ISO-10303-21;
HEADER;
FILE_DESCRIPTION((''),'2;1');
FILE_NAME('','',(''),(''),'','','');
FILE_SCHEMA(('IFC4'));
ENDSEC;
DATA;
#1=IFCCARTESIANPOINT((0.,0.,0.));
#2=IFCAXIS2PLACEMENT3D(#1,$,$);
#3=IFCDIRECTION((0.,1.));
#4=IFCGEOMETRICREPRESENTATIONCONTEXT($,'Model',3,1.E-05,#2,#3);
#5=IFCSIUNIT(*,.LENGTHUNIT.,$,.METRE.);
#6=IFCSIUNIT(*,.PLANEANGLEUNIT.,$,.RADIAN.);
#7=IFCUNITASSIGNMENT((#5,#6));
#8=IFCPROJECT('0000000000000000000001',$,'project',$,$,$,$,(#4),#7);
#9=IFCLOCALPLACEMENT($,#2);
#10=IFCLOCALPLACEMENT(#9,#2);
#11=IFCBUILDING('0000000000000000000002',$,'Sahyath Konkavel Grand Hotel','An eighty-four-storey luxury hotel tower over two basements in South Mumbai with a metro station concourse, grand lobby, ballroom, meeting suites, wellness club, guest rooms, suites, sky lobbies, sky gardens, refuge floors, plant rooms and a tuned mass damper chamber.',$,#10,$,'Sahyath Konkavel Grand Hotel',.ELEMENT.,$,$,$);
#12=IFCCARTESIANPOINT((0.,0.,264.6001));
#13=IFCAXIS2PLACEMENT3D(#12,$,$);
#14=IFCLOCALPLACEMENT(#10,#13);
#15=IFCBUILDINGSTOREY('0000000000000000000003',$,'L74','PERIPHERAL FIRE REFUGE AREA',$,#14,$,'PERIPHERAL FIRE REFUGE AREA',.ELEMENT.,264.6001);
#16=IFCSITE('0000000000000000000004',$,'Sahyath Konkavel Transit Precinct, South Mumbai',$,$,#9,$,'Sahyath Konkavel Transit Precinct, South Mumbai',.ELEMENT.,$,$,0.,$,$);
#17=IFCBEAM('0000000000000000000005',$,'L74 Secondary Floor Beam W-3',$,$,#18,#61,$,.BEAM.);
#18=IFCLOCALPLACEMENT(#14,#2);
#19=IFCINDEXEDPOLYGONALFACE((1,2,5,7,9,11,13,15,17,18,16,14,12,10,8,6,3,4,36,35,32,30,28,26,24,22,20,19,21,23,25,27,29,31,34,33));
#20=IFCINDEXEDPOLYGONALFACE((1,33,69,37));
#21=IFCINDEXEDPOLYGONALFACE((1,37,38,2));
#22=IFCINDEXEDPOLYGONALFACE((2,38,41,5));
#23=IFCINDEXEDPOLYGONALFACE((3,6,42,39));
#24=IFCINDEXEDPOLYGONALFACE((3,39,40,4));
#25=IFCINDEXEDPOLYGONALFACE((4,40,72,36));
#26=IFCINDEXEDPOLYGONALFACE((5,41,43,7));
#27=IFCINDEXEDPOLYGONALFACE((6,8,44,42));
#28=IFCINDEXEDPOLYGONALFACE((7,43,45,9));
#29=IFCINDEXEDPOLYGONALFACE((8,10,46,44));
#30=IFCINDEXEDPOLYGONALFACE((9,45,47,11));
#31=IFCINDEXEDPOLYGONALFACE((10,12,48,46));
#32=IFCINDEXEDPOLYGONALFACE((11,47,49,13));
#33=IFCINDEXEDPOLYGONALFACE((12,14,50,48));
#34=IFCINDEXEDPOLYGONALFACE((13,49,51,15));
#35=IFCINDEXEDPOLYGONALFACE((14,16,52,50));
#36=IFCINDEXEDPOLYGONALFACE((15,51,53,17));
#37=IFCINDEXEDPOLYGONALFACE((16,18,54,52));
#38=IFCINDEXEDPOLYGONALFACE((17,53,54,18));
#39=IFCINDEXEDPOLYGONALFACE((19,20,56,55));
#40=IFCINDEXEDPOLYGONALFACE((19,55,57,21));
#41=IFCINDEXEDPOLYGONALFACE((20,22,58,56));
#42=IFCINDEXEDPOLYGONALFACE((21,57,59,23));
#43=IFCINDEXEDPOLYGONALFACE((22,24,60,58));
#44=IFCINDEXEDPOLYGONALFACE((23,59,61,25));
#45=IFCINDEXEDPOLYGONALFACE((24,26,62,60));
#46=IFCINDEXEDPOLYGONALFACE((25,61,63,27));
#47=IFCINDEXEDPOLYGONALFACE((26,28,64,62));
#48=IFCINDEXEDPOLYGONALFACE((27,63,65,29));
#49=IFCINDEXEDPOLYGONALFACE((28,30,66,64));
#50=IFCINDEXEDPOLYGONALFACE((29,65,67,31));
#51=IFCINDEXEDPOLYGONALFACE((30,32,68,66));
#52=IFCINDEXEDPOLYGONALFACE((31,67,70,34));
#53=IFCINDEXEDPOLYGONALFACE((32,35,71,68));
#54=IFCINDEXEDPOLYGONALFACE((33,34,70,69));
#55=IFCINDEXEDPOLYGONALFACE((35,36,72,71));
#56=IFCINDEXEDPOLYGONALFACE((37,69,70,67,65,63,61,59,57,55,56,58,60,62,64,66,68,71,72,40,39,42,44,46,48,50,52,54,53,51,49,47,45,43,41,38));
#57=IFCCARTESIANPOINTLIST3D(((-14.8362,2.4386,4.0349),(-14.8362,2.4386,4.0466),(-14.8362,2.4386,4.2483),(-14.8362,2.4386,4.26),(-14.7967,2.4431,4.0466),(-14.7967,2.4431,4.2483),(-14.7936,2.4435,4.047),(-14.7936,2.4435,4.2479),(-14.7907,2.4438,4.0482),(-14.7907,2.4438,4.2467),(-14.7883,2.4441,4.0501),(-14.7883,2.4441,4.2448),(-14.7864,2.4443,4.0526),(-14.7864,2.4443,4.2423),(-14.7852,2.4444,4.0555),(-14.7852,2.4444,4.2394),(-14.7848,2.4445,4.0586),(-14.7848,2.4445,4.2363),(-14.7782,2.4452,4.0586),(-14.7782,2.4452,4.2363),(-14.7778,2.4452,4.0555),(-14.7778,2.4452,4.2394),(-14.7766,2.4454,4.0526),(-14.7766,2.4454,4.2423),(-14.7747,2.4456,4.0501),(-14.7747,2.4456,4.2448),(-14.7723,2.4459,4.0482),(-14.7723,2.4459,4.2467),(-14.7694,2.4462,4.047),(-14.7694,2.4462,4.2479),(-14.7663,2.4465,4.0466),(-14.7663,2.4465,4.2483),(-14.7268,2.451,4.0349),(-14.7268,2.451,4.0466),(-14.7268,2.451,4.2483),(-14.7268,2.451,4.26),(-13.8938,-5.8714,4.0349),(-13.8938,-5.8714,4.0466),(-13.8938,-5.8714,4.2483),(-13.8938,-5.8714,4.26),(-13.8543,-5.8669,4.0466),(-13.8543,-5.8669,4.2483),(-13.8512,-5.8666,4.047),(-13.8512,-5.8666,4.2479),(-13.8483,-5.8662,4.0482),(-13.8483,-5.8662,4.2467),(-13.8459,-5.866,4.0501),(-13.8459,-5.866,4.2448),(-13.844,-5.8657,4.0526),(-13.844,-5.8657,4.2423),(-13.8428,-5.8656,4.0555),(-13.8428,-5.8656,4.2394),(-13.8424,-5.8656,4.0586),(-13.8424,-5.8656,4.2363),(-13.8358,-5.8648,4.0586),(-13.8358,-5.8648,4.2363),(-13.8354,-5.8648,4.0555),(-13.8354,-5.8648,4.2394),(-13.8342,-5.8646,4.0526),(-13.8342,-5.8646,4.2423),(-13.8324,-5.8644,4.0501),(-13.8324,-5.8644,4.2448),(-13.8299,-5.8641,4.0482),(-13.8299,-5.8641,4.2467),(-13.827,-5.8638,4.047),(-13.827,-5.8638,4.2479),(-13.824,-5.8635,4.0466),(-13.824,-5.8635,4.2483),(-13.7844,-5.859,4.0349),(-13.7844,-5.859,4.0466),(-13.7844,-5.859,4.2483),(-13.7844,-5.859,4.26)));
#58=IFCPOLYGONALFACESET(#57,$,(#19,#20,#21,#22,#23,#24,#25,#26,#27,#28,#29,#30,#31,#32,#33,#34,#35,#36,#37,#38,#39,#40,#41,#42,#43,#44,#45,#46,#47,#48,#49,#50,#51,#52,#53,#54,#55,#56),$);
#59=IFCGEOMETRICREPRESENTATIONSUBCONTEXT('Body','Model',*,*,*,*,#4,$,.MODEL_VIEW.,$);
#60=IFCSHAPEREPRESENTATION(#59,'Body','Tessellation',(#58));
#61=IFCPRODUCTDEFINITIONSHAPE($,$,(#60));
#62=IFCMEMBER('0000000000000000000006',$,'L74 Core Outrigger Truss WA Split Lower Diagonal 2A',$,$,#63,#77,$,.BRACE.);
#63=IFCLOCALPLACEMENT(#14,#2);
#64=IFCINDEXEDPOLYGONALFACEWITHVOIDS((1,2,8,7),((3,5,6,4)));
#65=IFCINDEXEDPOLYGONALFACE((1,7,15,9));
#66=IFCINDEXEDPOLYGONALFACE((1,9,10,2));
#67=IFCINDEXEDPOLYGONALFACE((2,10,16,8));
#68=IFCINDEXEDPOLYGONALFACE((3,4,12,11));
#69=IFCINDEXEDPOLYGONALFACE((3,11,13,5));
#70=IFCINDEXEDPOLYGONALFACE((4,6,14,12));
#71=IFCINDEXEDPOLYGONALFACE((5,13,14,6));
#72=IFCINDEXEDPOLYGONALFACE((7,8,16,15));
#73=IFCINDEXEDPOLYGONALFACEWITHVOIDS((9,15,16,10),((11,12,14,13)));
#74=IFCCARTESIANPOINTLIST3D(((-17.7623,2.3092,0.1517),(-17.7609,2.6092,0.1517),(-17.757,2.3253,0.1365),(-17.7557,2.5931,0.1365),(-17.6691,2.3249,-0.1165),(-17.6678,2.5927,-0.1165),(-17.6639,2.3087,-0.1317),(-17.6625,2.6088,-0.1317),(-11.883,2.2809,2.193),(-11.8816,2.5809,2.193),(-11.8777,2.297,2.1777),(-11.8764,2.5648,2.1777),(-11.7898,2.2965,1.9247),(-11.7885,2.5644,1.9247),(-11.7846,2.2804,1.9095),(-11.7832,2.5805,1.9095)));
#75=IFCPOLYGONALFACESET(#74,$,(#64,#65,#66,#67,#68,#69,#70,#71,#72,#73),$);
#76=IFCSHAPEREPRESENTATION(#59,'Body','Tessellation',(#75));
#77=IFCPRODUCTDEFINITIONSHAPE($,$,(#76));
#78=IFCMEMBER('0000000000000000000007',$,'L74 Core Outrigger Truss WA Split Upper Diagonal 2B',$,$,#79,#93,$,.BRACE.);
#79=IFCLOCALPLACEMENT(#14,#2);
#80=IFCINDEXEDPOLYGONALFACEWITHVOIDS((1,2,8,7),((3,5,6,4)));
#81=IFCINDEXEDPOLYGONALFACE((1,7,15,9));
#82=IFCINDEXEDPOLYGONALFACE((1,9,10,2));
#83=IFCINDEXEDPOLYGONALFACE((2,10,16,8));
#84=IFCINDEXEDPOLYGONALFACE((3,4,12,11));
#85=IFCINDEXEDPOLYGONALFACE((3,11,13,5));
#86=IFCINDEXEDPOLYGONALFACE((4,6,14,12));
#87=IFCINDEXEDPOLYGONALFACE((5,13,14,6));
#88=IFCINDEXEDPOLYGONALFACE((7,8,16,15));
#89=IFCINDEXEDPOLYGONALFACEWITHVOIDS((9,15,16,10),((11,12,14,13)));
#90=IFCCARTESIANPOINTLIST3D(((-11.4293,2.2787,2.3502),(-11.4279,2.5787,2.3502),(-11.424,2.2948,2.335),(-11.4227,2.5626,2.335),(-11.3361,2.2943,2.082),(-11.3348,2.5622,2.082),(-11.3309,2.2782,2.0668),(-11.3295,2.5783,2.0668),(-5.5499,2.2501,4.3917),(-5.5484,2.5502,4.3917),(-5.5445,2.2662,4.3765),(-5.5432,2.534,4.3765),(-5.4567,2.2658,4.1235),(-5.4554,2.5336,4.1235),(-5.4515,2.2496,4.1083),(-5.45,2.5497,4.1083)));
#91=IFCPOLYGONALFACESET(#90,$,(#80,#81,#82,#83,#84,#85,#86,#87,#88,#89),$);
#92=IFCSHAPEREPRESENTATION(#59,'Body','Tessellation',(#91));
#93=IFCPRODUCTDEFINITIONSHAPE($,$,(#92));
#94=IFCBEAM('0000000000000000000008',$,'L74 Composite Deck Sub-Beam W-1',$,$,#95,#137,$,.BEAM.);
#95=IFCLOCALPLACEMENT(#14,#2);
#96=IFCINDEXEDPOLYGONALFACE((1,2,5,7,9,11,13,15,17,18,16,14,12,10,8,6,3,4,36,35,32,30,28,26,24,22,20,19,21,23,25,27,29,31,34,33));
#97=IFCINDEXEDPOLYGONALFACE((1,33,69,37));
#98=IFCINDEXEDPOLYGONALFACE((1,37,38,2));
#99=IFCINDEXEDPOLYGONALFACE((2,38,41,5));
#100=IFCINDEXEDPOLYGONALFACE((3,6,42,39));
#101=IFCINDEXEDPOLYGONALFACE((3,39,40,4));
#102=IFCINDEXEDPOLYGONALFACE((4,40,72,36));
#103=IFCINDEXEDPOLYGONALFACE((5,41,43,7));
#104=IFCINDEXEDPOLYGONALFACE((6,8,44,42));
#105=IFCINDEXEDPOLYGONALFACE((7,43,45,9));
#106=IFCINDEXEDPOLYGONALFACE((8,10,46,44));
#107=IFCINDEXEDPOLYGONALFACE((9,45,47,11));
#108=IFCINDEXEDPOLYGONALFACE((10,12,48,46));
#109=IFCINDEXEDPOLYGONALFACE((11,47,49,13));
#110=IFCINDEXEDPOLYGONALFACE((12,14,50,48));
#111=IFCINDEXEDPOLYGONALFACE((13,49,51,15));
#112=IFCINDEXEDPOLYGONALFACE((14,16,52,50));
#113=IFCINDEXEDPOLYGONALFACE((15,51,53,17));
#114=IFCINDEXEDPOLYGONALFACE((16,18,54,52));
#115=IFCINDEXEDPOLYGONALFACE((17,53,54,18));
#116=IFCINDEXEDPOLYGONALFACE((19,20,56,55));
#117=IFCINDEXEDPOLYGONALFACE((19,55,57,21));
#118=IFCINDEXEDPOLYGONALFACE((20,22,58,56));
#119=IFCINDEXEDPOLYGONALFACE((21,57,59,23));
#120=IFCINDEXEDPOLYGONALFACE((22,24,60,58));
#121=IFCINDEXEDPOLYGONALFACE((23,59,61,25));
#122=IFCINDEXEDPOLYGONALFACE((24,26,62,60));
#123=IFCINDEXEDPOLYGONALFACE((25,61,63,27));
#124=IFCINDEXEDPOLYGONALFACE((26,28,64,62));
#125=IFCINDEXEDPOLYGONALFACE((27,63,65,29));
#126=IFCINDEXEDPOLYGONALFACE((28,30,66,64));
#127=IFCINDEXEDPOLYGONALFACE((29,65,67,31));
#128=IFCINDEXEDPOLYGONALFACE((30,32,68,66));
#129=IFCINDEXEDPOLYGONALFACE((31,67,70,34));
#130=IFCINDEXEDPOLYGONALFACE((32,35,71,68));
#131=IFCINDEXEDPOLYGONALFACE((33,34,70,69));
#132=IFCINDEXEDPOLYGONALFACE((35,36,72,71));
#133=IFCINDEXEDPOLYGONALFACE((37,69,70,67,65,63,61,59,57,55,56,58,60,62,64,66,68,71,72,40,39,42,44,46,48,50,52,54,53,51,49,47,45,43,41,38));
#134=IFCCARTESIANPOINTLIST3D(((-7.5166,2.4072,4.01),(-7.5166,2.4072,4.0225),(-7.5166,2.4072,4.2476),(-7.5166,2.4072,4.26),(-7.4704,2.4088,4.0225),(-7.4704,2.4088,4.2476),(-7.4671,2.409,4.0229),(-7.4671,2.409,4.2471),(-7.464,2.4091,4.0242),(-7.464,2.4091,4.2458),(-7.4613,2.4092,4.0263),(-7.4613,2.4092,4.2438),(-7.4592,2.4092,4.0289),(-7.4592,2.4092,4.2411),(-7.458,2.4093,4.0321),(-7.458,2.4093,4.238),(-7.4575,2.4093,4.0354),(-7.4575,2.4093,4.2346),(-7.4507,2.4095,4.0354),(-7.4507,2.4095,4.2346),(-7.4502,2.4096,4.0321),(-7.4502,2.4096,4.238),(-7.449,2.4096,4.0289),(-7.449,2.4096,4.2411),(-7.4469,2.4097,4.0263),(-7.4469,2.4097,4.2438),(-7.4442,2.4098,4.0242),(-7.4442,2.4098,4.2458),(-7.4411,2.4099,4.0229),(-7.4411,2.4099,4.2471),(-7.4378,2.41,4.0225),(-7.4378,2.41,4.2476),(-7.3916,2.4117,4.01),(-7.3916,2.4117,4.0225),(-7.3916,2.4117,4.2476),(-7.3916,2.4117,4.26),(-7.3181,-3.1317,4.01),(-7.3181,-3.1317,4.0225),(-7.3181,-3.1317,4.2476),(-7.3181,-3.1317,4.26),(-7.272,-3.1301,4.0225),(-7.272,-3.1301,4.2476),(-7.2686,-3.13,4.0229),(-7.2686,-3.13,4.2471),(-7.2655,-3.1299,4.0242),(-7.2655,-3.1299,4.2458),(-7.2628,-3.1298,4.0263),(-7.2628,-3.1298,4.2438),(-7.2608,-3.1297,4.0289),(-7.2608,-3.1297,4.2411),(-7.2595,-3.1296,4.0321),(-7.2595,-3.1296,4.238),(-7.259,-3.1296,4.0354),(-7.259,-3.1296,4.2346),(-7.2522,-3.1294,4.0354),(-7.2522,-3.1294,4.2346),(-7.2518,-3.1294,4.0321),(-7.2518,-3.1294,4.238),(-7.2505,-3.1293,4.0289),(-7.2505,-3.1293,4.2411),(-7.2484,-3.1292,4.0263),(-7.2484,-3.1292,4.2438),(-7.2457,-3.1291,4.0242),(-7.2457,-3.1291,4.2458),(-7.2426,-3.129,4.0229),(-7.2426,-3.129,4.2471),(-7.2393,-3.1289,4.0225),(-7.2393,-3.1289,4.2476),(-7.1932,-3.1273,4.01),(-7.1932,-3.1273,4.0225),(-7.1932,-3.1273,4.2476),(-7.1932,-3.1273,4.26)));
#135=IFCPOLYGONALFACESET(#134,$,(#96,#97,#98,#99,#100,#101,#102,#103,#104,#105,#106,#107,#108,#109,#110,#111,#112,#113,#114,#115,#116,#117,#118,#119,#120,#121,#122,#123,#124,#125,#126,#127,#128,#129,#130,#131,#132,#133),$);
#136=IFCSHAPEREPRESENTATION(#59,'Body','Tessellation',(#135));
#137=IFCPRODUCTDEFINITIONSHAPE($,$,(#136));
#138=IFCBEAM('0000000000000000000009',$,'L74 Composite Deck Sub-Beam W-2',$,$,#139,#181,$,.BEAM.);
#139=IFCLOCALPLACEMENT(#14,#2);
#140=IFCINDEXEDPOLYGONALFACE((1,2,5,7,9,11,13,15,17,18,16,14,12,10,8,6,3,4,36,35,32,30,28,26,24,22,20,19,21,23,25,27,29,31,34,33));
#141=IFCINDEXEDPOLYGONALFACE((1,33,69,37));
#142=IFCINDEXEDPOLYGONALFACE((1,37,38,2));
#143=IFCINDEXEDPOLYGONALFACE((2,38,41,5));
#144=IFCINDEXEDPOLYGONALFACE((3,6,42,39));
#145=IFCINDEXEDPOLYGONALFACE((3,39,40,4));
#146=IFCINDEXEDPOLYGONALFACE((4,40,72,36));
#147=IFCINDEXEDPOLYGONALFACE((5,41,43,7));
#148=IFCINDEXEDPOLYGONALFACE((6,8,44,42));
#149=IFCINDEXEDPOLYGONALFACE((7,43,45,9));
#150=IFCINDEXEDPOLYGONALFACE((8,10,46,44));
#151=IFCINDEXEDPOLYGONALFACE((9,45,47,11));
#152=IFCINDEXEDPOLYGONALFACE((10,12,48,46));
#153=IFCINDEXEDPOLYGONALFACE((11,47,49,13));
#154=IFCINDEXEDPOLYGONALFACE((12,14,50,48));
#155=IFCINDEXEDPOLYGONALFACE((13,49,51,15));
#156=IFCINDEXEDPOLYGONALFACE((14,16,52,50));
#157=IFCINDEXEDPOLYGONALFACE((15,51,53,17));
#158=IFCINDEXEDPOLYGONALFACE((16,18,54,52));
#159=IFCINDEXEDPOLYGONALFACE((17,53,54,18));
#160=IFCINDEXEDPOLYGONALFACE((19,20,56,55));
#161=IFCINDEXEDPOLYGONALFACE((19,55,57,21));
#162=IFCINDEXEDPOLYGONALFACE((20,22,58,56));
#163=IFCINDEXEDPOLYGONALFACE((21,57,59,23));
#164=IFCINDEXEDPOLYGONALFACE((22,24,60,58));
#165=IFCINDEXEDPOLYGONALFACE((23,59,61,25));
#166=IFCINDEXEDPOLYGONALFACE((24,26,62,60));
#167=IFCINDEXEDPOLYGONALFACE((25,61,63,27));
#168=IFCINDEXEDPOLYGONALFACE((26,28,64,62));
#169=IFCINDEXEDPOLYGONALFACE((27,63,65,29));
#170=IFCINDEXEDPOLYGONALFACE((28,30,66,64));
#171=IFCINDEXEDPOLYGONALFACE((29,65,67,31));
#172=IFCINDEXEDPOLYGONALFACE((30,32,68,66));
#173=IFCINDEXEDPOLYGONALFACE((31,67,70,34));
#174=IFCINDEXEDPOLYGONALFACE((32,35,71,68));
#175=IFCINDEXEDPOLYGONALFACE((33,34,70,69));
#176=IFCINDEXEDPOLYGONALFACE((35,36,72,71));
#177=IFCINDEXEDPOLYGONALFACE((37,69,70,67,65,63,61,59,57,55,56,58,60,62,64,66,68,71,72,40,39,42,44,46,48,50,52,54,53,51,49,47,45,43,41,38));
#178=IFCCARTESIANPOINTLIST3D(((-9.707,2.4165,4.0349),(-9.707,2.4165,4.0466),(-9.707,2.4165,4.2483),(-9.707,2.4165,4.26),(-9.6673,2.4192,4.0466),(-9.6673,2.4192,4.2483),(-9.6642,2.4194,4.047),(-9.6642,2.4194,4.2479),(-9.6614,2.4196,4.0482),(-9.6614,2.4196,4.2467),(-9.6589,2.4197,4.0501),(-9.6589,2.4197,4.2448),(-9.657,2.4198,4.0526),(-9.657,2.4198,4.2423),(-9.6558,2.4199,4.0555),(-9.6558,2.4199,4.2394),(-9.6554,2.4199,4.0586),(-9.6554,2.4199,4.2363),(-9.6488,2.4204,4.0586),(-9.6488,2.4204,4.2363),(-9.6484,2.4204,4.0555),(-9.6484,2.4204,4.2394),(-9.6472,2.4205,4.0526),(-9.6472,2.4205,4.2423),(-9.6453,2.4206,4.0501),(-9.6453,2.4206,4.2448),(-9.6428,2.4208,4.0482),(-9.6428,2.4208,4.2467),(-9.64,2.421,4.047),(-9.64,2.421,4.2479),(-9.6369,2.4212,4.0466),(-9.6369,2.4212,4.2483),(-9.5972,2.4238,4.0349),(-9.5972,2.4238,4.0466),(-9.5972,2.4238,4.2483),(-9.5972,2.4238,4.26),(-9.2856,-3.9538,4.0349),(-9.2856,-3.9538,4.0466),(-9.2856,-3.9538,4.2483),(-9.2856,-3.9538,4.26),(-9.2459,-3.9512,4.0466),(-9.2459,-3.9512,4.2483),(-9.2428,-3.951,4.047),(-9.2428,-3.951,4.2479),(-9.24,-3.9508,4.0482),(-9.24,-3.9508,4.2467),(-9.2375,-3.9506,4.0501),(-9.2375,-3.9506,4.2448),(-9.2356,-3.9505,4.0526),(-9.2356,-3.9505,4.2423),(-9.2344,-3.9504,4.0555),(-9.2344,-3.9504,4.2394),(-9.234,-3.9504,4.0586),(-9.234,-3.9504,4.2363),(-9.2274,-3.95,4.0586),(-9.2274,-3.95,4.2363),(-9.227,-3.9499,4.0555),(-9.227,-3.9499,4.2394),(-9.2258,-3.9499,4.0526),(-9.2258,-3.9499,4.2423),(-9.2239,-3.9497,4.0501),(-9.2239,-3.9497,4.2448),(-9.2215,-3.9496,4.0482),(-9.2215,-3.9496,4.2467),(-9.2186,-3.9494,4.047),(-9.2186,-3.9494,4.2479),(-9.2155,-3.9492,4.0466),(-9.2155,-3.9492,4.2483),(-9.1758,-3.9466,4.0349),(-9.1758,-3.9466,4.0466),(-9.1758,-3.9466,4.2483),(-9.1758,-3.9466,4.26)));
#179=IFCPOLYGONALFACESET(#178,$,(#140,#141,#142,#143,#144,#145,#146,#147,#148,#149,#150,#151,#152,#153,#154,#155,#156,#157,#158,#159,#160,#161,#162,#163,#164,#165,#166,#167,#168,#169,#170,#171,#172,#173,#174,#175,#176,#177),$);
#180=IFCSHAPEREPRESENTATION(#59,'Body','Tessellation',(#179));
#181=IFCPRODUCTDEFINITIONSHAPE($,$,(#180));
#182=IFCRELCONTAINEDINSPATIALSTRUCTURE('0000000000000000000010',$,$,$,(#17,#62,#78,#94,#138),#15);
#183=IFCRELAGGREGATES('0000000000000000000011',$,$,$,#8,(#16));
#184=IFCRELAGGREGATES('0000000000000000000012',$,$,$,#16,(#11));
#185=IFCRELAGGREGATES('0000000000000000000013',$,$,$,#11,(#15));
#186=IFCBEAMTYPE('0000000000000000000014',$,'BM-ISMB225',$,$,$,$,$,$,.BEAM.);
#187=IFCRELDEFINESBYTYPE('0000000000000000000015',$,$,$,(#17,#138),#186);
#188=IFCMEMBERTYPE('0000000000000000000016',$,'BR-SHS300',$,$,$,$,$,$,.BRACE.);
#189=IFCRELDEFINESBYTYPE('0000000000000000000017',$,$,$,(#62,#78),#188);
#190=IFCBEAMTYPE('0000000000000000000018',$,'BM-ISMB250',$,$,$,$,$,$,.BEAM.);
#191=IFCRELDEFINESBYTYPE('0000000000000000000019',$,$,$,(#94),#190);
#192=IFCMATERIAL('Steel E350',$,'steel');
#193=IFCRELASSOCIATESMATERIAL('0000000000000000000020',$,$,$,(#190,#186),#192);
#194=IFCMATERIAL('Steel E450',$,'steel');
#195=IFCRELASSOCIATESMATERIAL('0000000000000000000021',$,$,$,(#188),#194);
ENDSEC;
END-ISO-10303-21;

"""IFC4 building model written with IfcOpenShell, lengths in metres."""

from ifc_helpers import new_model, si_unit, direction, frame, origin, origin_2d, place, context, subcontext, project, spatial, hollow_rectangle, i_section, extrude, source, transform, mapped, material, material_profile, profile_set, type_object, element, save


model = new_model("IFC4")

# Units and contexts
model_context = context("Model", 3, precision=1e-05, world=origin(), true_north=direction((0.0, 1.0)))
body_context = subcontext(model_context, "Body", "Model", "MODEL_VIEW")
ifc_project = project(units=[si_unit("LENGTHUNIT", "METRE"), si_unit("PLANEANGLEUNIT", "RADIAN")], contexts=[model_context])

# Site, building, storey
site_placement = place(None, origin())
site = spatial("IfcSite", under=ifc_project, at=site_placement, Name="Sahyath Konkavel Transit Precinct, South Mumbai", LongName="Sahyath Konkavel Transit Precinct, South Mumbai", CompositionType="ELEMENT", RefElevation=0.0)
building_placement = place(site_placement, origin())
building = spatial("IfcBuilding", under=site, at=building_placement, Name="Sahyath Konkavel Grand Hotel", Description="An eighty-four-storey luxury hotel tower over two basements in South Mumbai with a metro station concourse, grand lobby, ballroom, meeting suites, wellness club, guest rooms, suites, sky lobbies, sky gardens, refuge floors, plant rooms and a tuned mass damper chamber.", LongName="Sahyath Konkavel Grand Hotel", CompositionType="ELEMENT")
storey_placement = place(building_placement, frame((0.0, 0.0, 264.6001)))
storey = spatial("IfcBuildingStorey", under=building, at=storey_placement, Name="L74", Description="PERIPHERAL FIRE REFUGE AREA", LongName="PERIPHERAL FIRE REFUGE AREA", CompositionType="ELEMENT", Elevation=264.6001)

# Beam
ifc_material_1 = material(Name="Steel E350", Category="steel")
ifc_material_profile_1 = material_profile(ifc_material_1, i_section(OverallWidth=0.125, OverallDepth=0.25, WebThickness=0.0068, FlangeThickness=0.0125, FilletRadius=0.0129, at=origin_2d()), Name="ISMB 250")
ifc_profile_set_1 = profile_set([ifc_material_profile_1], Name="Steel E350")
beam_type_1 = type_object("IfcBeamType", Name="BM-ISMB250", PredefinedType="BEAM", material=ifc_profile_set_1)
ifc_material_profile_2 = material_profile(ifc_material_1, i_section(OverallWidth=0.1101, OverallDepth=0.2251, WebThickness=0.0066, FlangeThickness=0.0117, FilletRadius=0.012, at=origin_2d()), Name="ISMB 225")
ifc_profile_set_2 = profile_set([ifc_material_profile_2], Name="Steel E350")
beam_type_2 = type_object("IfcBeamType", Name="BM-ISMB225", PredefinedType="BEAM", material=ifc_profile_set_2)
shared_shape_1 = source(origin(), body_context, "Body", "SweptSolid", [
    extrude(i_section(OverallWidth=0.1101, OverallDepth=0.2251, WebThickness=0.0066, FlangeThickness=0.0117, FilletRadius=0.012, at=origin_2d()), origin(), (0.0, 0.0, 1.0), 8.3633),
])
beam_1_placement = place(storey_placement, frame((-14.7815, 2.4448, 4.1475), z_axis=(0.11268, -0.993631, 0.0), x_axis=(0.993631, 0.11268, 0.0)))
element("IfcBeam", 1, at=beam_1_placement, inside=storey, type_object=beam_type_2, Name="L74 Secondary Floor Beam W-3", PredefinedType="BEAM", context=body_context, shape_type="MappedRepresentation", body=[
    mapped(shared_shape_1, transform((0.0, 0.0, 0.0), scale=1.0)),
])

# Members
ifc_material_2 = material(Name="Steel E450", Category="steel")
ifc_material_profile_3 = material_profile(ifc_material_2, hollow_rectangle(XDim=0.3, YDim=0.3, WallThickness=0.0161, at=origin_2d()), Name="SHS 300x300x16")
ifc_profile_set_3 = profile_set([ifc_material_profile_3], Name="Steel E450")
member_type_1 = type_object("IfcMemberType", Name="BR-SHS300", PredefinedType="BRACE", material=ifc_profile_set_3)
shared_shape_2 = source(origin(), body_context, "Body", "SweptSolid", [
    extrude(hollow_rectangle(XDim=0.3, YDim=0.3, WallThickness=0.0161, at=origin_2d()), origin(), (0.0, 0.0, 1.0), 6.2236),
])
member_1_placement = place(storey_placement, frame((-17.7124, 2.459, 0.01), z_axis=(0.944674, -0.00455, 0.32798), x_axis=(0.004817, 0.999988, 0.0)))
element("IfcMember", 2, at=member_1_placement, inside=storey, type_object=member_type_1, Name="L74 Core Outrigger Truss WA Split Lower Diagonal 2A", PredefinedType="BRACE", context=body_context, shape_type="MappedRepresentation", body=[
    mapped(shared_shape_2, transform((0.0, 0.0, 0.0), scale=1.0)),
])
shared_shape_3 = source(origin(), body_context, "Body", "SweptSolid", [
    extrude(hollow_rectangle(XDim=0.3, YDim=0.3, WallThickness=0.0161, at=origin_2d()), origin(), (0.0, 0.0, 1.0), 6.2239),
])
member_2_placement = place(storey_placement, frame((-11.3794, 2.4285, 2.2085), z_axis=(0.944661, -0.00459, 0.328015), x_axis=(0.004858, 0.999988, 0.0)))
element("IfcMember", 3, at=member_2_placement, inside=storey, type_object=member_type_1, Name="L74 Core Outrigger Truss WA Split Upper Diagonal 2B", PredefinedType="BRACE", context=body_context, shape_type="MappedRepresentation", body=[
    mapped(shared_shape_3, transform((0.0, 0.0, 0.0), scale=1.0)),
])

# Beams
shared_shape_4 = source(origin(), body_context, "Body", "SweptSolid", [
    extrude(i_section(OverallWidth=0.125, OverallDepth=0.25, WebThickness=0.0068, FlangeThickness=0.0125, FilletRadius=0.0129, at=origin_2d()), origin(), (0.0, 0.0, 1.0), 5.5425),
])
beam_2_placement = place(storey_placement, frame((-7.4541, 2.4094, 4.135), z_axis=(0.035813, -0.999359, 0.0), x_axis=(0.999359, 0.035813, 0.0)))
element("IfcBeam", 4, at=beam_2_placement, inside=storey, type_object=beam_type_1, Name="L74 Composite Deck Sub-Beam W-1", PredefinedType="BEAM", context=body_context, shape_type="MappedRepresentation", body=[
    mapped(shared_shape_4, transform((0.0, 0.0, 0.0), scale=1.0)),
])
shared_shape_5 = source(origin(), body_context, "Body", "SweptSolid", [
    extrude(i_section(OverallWidth=0.1101, OverallDepth=0.2251, WebThickness=0.0066, FlangeThickness=0.0117, FilletRadius=0.012, at=origin_2d()), origin(), (0.0, 0.0, 1.0), 6.3843),
])
beam_3_placement = place(storey_placement, frame((-9.6521, 2.4202, 4.1475), z_axis=(0.066004, -0.997819, 0.0), x_axis=(0.997819, 0.066004, 0.0)))
element("IfcBeam", 5, at=beam_3_placement, inside=storey, type_object=beam_type_2, Name="L74 Composite Deck Sub-Beam W-2", PredefinedType="BEAM", context=body_context, shape_type="MappedRepresentation", body=[
    mapped(shared_shape_5, transform((0.0, 0.0, 0.0), scale=1.0)),
])

save(model, "model.ifc")
